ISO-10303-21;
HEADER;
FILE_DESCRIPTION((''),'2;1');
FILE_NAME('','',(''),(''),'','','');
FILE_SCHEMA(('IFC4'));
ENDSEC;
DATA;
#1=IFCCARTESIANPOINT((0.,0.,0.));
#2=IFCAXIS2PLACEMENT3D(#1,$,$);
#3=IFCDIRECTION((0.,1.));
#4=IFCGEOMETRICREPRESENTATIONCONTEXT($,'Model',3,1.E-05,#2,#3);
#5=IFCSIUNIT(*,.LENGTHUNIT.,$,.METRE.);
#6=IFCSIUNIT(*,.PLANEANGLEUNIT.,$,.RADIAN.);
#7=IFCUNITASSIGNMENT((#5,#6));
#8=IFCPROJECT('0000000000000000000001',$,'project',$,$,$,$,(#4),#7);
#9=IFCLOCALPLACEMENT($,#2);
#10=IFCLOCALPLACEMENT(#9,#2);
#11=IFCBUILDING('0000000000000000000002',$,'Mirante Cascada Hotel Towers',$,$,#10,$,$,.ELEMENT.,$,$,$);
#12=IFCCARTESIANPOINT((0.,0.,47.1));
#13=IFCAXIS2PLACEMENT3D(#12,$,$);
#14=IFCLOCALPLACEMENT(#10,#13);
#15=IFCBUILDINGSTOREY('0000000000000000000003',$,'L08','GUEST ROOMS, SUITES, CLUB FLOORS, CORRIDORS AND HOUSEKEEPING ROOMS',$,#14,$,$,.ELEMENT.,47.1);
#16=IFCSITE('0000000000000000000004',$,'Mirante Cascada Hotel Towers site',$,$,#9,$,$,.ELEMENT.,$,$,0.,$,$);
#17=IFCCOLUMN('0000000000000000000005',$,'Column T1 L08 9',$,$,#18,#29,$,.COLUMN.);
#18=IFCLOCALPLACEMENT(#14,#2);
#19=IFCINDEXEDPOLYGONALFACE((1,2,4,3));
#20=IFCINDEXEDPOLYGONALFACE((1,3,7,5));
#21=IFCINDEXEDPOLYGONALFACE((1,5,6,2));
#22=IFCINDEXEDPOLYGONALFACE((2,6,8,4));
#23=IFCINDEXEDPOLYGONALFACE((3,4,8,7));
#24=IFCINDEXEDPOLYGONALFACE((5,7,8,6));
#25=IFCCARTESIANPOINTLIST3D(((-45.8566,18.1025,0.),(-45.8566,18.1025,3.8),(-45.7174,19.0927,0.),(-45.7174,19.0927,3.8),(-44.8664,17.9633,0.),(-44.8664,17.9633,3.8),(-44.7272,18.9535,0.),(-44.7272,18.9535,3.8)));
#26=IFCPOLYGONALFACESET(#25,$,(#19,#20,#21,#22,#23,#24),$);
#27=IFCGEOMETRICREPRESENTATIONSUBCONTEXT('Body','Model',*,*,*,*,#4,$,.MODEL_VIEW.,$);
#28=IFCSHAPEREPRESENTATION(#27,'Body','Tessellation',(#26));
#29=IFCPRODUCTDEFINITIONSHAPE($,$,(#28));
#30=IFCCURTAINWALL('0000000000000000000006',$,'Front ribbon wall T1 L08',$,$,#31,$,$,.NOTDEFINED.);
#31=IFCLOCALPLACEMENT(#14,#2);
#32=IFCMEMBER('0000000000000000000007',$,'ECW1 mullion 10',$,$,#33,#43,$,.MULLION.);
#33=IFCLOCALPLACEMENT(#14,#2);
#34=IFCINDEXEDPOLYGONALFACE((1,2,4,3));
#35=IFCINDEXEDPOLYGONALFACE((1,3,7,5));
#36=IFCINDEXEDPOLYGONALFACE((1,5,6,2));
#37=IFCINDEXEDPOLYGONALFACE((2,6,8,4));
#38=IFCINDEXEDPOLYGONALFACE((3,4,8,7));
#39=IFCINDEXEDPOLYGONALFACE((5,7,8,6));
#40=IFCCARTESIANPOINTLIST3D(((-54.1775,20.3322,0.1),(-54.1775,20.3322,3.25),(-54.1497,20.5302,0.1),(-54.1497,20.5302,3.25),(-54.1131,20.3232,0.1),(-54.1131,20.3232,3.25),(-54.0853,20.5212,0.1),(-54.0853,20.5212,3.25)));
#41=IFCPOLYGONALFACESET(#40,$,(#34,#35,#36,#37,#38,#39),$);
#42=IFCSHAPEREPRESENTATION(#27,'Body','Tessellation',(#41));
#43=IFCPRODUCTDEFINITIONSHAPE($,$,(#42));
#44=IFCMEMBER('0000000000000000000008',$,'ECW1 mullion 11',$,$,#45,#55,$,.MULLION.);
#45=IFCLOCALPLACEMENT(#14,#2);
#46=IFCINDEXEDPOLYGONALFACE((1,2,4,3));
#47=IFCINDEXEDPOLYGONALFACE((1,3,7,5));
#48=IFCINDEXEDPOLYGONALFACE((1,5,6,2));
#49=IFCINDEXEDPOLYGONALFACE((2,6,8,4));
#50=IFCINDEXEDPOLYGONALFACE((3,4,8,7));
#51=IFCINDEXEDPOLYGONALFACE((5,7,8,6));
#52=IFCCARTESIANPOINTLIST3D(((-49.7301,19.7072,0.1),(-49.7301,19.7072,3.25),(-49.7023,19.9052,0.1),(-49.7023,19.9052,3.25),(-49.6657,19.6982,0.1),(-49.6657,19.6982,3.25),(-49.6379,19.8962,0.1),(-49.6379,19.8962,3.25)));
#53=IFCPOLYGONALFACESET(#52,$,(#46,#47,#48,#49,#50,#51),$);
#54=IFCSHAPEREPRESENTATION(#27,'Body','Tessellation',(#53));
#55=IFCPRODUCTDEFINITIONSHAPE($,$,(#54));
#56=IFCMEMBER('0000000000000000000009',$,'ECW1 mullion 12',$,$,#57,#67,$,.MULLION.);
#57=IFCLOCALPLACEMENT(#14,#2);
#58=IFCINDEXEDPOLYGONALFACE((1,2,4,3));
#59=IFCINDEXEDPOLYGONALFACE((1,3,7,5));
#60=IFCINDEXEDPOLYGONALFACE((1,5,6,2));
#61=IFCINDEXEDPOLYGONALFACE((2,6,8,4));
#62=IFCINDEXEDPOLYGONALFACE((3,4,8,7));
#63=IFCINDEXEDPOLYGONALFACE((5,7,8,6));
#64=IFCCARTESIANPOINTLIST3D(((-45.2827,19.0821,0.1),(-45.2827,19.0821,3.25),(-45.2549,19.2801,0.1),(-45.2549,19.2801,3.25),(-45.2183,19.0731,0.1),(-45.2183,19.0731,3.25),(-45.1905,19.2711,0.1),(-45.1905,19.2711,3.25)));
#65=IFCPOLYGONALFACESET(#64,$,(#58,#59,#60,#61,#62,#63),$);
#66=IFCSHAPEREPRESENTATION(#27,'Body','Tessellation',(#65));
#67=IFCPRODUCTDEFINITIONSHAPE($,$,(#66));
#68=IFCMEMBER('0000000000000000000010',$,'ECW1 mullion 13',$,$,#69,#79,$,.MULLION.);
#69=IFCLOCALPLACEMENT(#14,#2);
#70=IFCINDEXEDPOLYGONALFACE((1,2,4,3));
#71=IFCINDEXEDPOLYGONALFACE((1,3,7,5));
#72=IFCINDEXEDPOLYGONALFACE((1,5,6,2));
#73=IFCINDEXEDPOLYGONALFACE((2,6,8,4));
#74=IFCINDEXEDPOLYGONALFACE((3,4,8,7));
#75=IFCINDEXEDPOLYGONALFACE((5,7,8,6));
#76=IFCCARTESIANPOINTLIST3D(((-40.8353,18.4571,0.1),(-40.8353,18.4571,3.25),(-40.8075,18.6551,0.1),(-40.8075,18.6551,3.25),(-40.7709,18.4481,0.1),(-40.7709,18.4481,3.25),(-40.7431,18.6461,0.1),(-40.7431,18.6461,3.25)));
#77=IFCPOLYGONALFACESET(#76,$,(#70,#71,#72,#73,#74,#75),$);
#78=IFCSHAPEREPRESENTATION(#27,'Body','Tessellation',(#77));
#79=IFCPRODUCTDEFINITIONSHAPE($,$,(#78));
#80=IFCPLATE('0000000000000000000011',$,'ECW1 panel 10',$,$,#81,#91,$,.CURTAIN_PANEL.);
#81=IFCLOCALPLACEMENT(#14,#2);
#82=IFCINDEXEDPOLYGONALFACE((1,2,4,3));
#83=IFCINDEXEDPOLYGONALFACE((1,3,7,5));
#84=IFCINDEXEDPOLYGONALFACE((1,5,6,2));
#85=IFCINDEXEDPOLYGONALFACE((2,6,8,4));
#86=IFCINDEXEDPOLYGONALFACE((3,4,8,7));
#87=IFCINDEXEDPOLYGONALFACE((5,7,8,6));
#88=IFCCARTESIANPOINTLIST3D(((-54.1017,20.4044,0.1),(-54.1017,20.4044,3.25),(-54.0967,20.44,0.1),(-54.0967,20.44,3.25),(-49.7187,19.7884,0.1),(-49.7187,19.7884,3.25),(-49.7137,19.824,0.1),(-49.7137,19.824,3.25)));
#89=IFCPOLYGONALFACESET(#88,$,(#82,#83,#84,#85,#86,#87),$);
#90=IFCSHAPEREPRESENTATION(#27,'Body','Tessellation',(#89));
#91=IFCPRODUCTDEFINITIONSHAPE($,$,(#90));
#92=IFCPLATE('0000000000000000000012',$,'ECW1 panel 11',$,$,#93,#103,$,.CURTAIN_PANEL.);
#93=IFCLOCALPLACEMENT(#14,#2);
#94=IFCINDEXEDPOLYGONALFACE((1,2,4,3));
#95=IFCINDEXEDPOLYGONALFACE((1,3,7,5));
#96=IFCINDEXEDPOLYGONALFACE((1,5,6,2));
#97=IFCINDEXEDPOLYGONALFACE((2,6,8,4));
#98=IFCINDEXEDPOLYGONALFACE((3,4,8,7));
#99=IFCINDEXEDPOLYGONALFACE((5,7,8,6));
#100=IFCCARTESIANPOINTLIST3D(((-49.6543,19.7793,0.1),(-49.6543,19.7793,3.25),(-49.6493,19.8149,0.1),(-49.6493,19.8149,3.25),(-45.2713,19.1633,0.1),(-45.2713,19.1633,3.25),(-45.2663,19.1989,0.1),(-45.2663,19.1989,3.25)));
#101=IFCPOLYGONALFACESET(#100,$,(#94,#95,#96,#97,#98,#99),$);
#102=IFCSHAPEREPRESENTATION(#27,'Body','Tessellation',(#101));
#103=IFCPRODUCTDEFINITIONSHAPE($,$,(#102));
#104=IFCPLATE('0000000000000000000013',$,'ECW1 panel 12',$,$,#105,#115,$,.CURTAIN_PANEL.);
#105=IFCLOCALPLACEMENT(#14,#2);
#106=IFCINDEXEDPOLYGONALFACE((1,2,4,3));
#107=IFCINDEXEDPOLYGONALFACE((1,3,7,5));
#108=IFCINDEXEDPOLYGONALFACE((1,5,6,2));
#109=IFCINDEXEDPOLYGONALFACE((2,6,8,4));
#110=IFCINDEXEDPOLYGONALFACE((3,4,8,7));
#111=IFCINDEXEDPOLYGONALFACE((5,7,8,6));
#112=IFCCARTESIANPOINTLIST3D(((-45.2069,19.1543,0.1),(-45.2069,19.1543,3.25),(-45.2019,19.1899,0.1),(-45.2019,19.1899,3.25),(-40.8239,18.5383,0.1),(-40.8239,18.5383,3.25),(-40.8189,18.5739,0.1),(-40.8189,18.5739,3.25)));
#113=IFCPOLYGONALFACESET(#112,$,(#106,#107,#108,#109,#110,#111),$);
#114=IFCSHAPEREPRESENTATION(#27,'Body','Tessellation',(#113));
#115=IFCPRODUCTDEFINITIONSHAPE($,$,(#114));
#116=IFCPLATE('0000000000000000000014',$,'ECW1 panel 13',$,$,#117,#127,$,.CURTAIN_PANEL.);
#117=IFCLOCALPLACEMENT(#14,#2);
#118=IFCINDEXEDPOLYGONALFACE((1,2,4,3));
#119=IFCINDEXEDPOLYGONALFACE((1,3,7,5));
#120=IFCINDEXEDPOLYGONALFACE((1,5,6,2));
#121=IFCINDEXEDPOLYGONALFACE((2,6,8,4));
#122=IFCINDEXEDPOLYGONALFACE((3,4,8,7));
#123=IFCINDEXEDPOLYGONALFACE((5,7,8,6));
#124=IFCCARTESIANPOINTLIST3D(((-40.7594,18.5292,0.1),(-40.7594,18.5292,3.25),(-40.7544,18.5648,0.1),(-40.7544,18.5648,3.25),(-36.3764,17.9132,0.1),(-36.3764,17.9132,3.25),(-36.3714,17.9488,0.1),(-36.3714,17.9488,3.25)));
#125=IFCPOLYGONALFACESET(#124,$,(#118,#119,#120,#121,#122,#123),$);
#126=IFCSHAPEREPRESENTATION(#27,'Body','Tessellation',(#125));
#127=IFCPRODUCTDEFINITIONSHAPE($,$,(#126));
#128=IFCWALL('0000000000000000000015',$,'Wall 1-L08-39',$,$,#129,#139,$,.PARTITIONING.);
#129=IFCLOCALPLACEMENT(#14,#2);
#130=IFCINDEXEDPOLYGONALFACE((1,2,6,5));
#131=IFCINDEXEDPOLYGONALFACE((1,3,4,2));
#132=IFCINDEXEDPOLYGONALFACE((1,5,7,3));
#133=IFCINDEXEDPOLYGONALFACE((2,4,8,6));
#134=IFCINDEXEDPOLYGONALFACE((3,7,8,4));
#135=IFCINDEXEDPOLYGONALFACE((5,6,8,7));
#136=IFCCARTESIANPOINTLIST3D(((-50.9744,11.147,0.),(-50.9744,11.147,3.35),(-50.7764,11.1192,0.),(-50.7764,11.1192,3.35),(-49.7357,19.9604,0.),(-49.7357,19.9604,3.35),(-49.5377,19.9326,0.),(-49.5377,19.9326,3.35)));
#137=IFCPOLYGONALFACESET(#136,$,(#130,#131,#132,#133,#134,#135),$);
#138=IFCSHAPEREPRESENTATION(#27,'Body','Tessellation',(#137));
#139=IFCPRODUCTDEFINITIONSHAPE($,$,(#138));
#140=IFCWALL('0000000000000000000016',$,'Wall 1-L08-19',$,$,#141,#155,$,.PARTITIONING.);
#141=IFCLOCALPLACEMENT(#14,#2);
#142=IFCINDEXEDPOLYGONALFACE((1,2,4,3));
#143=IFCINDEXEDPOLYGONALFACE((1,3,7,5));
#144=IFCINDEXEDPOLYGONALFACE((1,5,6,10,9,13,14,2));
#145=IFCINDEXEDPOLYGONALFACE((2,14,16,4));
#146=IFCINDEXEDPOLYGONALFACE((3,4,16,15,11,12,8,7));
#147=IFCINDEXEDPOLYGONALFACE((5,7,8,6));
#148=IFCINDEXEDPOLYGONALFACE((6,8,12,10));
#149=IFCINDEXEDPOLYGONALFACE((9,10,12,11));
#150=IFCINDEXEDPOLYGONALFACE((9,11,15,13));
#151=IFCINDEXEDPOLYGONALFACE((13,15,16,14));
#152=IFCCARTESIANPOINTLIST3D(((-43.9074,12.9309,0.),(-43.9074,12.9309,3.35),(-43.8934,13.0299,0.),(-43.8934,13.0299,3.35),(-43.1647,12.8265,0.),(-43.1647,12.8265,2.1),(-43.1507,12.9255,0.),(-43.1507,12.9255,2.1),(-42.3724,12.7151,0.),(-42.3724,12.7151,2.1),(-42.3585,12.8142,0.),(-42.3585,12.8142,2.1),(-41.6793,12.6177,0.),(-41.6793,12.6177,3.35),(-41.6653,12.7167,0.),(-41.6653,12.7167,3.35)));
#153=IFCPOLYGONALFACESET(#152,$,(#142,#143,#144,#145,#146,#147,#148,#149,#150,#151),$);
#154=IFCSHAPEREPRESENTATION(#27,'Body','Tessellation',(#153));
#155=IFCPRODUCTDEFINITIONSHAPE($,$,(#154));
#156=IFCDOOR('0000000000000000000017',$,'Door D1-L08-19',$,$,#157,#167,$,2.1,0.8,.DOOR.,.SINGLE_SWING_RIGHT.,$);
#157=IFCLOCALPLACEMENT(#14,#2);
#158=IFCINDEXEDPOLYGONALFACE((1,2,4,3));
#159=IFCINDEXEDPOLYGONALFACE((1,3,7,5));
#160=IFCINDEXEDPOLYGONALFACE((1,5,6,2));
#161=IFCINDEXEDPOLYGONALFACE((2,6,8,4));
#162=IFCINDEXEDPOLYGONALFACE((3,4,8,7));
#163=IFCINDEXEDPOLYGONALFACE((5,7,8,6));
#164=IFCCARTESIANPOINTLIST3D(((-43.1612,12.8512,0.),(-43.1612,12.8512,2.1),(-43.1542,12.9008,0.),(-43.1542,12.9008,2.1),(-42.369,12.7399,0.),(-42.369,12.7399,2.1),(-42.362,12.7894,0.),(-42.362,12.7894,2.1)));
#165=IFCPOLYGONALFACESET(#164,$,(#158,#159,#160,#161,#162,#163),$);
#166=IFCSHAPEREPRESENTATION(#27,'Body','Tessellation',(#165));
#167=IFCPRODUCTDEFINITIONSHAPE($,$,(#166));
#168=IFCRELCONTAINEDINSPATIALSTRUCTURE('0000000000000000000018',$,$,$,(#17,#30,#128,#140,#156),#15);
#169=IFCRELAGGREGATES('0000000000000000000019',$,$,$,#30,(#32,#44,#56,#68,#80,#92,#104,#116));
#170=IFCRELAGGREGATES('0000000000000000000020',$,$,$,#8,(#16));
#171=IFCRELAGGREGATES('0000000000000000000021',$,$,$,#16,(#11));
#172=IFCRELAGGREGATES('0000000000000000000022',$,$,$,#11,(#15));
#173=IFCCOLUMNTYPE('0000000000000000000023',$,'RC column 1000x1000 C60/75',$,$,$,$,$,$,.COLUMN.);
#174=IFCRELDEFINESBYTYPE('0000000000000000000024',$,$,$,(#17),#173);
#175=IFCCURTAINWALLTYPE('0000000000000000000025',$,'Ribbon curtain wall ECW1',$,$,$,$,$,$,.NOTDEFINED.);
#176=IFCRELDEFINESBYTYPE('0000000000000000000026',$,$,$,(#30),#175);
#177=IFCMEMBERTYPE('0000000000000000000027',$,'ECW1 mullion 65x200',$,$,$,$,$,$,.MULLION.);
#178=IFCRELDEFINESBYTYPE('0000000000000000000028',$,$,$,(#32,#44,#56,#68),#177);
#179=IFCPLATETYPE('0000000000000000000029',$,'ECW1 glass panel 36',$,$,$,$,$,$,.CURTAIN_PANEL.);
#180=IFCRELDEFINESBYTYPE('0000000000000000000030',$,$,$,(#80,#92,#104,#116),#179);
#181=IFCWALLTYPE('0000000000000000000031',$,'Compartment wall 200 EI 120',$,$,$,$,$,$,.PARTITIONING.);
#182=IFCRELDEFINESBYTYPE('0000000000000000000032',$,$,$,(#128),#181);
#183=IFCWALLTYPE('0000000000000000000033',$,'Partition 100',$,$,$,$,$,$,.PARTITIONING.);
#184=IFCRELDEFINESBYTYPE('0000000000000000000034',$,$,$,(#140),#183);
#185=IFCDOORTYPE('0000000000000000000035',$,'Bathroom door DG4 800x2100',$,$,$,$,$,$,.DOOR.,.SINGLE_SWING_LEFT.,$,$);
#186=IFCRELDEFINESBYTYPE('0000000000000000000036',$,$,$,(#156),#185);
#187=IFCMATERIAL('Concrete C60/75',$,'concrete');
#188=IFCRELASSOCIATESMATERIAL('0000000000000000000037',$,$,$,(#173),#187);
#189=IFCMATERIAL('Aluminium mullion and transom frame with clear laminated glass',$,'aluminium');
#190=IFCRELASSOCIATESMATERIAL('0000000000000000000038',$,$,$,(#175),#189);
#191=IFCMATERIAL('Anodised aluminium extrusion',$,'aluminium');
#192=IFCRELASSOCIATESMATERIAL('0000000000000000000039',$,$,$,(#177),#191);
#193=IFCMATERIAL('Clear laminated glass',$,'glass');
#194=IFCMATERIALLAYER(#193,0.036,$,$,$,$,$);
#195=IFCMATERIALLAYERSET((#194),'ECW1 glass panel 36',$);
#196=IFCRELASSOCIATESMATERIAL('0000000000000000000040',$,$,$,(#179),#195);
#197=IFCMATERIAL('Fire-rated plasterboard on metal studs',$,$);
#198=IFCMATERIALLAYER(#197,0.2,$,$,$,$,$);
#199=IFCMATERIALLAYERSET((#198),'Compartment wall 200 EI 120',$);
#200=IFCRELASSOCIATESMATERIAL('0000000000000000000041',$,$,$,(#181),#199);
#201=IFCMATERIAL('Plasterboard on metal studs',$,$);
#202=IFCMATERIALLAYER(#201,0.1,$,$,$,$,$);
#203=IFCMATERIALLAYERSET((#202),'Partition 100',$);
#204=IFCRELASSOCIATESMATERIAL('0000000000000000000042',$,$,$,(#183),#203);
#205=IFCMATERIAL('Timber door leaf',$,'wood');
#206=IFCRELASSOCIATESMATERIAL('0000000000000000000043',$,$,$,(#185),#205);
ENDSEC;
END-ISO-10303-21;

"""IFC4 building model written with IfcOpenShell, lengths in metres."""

from ifc_helpers import new_model, si_unit, direction, frame, frame_2d, origin, origin_2d, place, context, subcontext, project, spatial, rectangle, extrude, material, layer, layer_set, material_profile, profile_set, type_object, element, fill, aggregate, save


model = new_model("IFC4")

# Units and contexts
model_context = context("Model", 3, precision=1e-05, world=origin(), true_north=direction((0.0, 1.0)))
body_context = subcontext(model_context, "Body", "Model", "MODEL_VIEW")
ifc_project = project(units=[si_unit("LENGTHUNIT", "METRE"), si_unit("PLANEANGLEUNIT", "RADIAN")], contexts=[model_context])

# Site, building, storey
site_placement = place(None, origin())
site = spatial("IfcSite", under=ifc_project, at=site_placement, Name="Mirante Cascada Hotel Towers site", CompositionType="ELEMENT", RefElevation=0.0)
building_placement = place(site_placement, origin())
building = spatial("IfcBuilding", under=site, at=building_placement, Name="Mirante Cascada Hotel Towers", CompositionType="ELEMENT")
storey_placement = place(building_placement, frame((0.0, 0.0, 47.1)))
storey = spatial("IfcBuildingStorey", under=building, at=storey_placement, Name="L08", Description="GUEST ROOMS, SUITES, CLUB FLOORS, CORRIDORS AND HOUSEKEEPING ROOMS", CompositionType="ELEMENT", Elevation=47.1)

# Column
ifc_material_1 = material(Name="Concrete C60/75", Category="concrete")
ifc_material_profile_1 = material_profile(ifc_material_1, rectangle(XDim=1.0, YDim=1.0, at=origin_2d()), Name="RC column 1000x1000 C60/75")
ifc_profile_set_1 = profile_set([ifc_material_profile_1], Name="Concrete C60/75")
column_type = type_object("IfcColumnType", Name="RC column 1000x1000 C60/75", PredefinedType="COLUMN", material=ifc_profile_set_1)
column_placement = place(storey_placement, frame((-45.2919, 18.528, 0.0), z_axis=(0.0, 0.0, 1.0), x_axis=(-0.990268, 0.139173, 0.0)))
element("IfcColumn", 1, at=column_placement, inside=storey, type_object=column_type, Name="Column T1 L08 9", PredefinedType="COLUMN", context=body_context, shape_type="SweptSolid", body=[
    extrude(rectangle(XDim=1.0, YDim=1.0, at=origin_2d()), origin(), (0.0, 0.0, 1.0), 3.8),
])

# Curtain wall, members, plates
ifc_material_2 = material(Name="Aluminium mullion and transom frame with clear laminated glass", Category="aluminium")
curtain_wall_type = type_object("IfcCurtainWallType", Name="Ribbon curtain wall ECW1", PredefinedType="NOTDEFINED", material=ifc_material_2)
curtain_wall_placement = place(storey_placement, origin())
curtain_wall = element("IfcCurtainWall", 2, at=curtain_wall_placement, inside=storey, type_object=curtain_wall_type, Name="Front ribbon wall T1 L08", PredefinedType="NOTDEFINED")
ifc_material_3 = material(Name="Anodised aluminium extrusion", Category="aluminium")
ifc_material_profile_2 = material_profile(ifc_material_3, rectangle(XDim=0.2, YDim=0.065, at=origin_2d()), Name="ECW1 MULLION 65x200")
ifc_profile_set_2 = profile_set([ifc_material_profile_2], Name="Anodised aluminium extrusion")
member_type = type_object("IfcMemberType", Name="ECW1 mullion 65x200", PredefinedType="MULLION", material=ifc_profile_set_2)
member_1_placement = place(storey_placement, frame((-54.1314, 20.4267, 0.1), z_axis=(0.0, 0.0, 1.0), x_axis=(0.139173, 0.990268, 0.0)))
member_1 = element("IfcMember", 3, at=member_1_placement, type_object=member_type, Name="ECW1 mullion 10", PredefinedType="MULLION", context=body_context, shape_type="SweptSolid", body=[
    extrude(rectangle(XDim=0.2, YDim=0.065, at=origin_2d()), origin(), (0.0, 0.0, 1.0), 3.15),
])
member_2_placement = place(storey_placement, frame((-49.684, 19.8017, 0.1), z_axis=(0.0, 0.0, 1.0), x_axis=(0.139173, 0.990268, 0.0)))
member_2 = element("IfcMember", 4, at=member_2_placement, type_object=member_type, Name="ECW1 mullion 11", PredefinedType="MULLION", context=body_context, shape_type="SweptSolid", body=[
    extrude(rectangle(XDim=0.2, YDim=0.065, at=origin_2d()), origin(), (0.0, 0.0, 1.0), 3.15),
])
member_3_placement = place(storey_placement, frame((-45.2366, 19.1766, 0.1), z_axis=(0.0, 0.0, 1.0), x_axis=(0.139173, 0.990268, 0.0)))
member_3 = element("IfcMember", 5, at=member_3_placement, type_object=member_type, Name="ECW1 mullion 12", PredefinedType="MULLION", context=body_context, shape_type="SweptSolid", body=[
    extrude(rectangle(XDim=0.2, YDim=0.065, at=origin_2d()), origin(), (0.0, 0.0, 1.0), 3.15),
])
member_4_placement = place(storey_placement, frame((-40.7892, 18.5516, 0.1), z_axis=(0.0, 0.0, 1.0), x_axis=(0.139173, 0.990268, 0.0)))
member_4 = element("IfcMember", 6, at=member_4_placement, type_object=member_type, Name="ECW1 mullion 13", PredefinedType="MULLION", context=body_context, shape_type="SweptSolid", body=[
    extrude(rectangle(XDim=0.2, YDim=0.065, at=origin_2d()), origin(), (0.0, 0.0, 1.0), 3.15),
])
ifc_material_4 = material(Name="Clear laminated glass", Category="glass")
ifc_layer_1 = layer(ifc_material_4, 0.036)
ifc_layer_set_1 = layer_set([ifc_layer_1], Name="ECW1 glass panel 36")
plate_type = type_object("IfcPlateType", Name="ECW1 glass panel 36", PredefinedType="CURTAIN_PANEL", material=ifc_layer_set_1)
plate_1_placement = place(storey_placement, frame((-51.9077, 20.1142, 0.1), z_axis=(0.0, 0.0, 1.0), x_axis=(0.990268, -0.139173, 0.0)))
plate_1 = element("IfcPlate", 7, at=plate_1_placement, type_object=plate_type, Name="ECW1 panel 10", PredefinedType="CURTAIN_PANEL", context=body_context, shape_type="SweptSolid", body=[
    extrude(rectangle(XDim=4.4261, YDim=0.036, at=origin_2d()), origin(), (0.0, 0.0, 1.0), 3.15),
])
plate_2_placement = place(storey_placement, frame((-47.4603, 19.4891, 0.1), z_axis=(0.0, 0.0, 1.0), x_axis=(0.990268, -0.139173, 0.0)))
plate_2 = element("IfcPlate", 8, at=plate_2_placement, type_object=plate_type, Name="ECW1 panel 11", PredefinedType="CURTAIN_PANEL", context=body_context, shape_type="SweptSolid", body=[
    extrude(rectangle(XDim=4.4261, YDim=0.036, at=origin_2d()), origin(), (0.0, 0.0, 1.0), 3.15),
])
plate_3_placement = place(storey_placement, frame((-43.0129, 18.8641, 0.1), z_axis=(0.0, 0.0, 1.0), x_axis=(0.990268, -0.139173, 0.0)))
plate_3 = element("IfcPlate", 9, at=plate_3_placement, type_object=plate_type, Name="ECW1 panel 12", PredefinedType="CURTAIN_PANEL", context=body_context, shape_type="SweptSolid", body=[
    extrude(rectangle(XDim=4.4261, YDim=0.036, at=origin_2d()), origin(), (0.0, 0.0, 1.0), 3.15),
])
plate_4_placement = place(storey_placement, frame((-38.5654, 18.239, 0.1), z_axis=(0.0, 0.0, 1.0), x_axis=(0.990268, -0.139173, 0.0)))
plate_4 = element("IfcPlate", 10, at=plate_4_placement, type_object=plate_type, Name="ECW1 panel 13", PredefinedType="CURTAIN_PANEL", context=body_context, shape_type="SweptSolid", body=[
    extrude(rectangle(XDim=4.4261, YDim=0.036, at=origin_2d()), origin(), (0.0, 0.0, 1.0), 3.15),
])
aggregate(curtain_wall, [member_1, member_2, member_3, member_4, plate_1, plate_2, plate_3, plate_4])

# Wall
ifc_material_5 = material(Name="Fire-rated plasterboard on metal studs")
ifc_layer_2 = layer(ifc_material_5, 0.2)
ifc_layer_set_2 = layer_set([ifc_layer_2], Name="Compartment wall 200 EI 120")
wall_type_1 = type_object("IfcWallType", Name="Compartment wall 200 EI 120", PredefinedType="PARTITIONING", material=ifc_layer_set_2)
wall_1_placement = place(storey_placement, frame((-50.8754, 11.1331, 0.0), z_axis=(0.0, 0.0, 1.0), x_axis=(0.139179, 0.990267, 0.0)))
element("IfcWall", 11, at=wall_1_placement, inside=storey, type_object=wall_type_1, Name="Wall 1-L08-39", PredefinedType="PARTITIONING", context=body_context, shape_type="SweptSolid", body=[
    extrude(rectangle(XDim=8.9, YDim=0.2, at=frame_2d((4.45, 0.0))), origin(), (0.0, 0.0, 1.0), 3.35),
])

# Wall, opening, door
ifc_material_6 = material(Name="Plasterboard on metal studs")
ifc_layer_3 = layer(ifc_material_6, 0.1)
ifc_layer_set_3 = layer_set([ifc_layer_3], Name="Partition 100")
wall_type_2 = type_object("IfcWallType", Name="Partition 100", PredefinedType="PARTITIONING", material=ifc_layer_set_3)
wall_2_placement = place(storey_placement, frame((-41.6723, 12.6672, 0.0), z_axis=(0.0, 0.0, 1.0), x_axis=(-0.990264, 0.1392, 0.0)))
wall_2 = element("IfcWall", 12, at=wall_2_placement, inside=storey, type_object=wall_type_2, Name="Wall 1-L08-19", PredefinedType="PARTITIONING", context=body_context, shape_type="SweptSolid", body=[
    extrude(rectangle(XDim=2.25, YDim=0.1, at=frame_2d((1.125, 0.0))), origin(), (0.0, 0.0, 1.0), 3.35),
])
opening_1_placement = place(wall_2_placement, frame((0.7, 0.0, 0.0)))
opening_1 = element("IfcOpeningElement", 13, at=opening_1_placement, cuts=wall_2, PredefinedType="OPENING", context=body_context, shape_type="SweptSolid", body=[
    extrude(rectangle(XDim=0.8, YDim=2.1, at=frame_2d((0.4, 1.05))), frame((0.0, 0.05, 0.0), z_axis=(0.0, -1.0, 0.0), x_axis=(1.0, 0.0, 0.0)), (0.0, 0.0, 1.0), 0.1),
])
ifc_material_7 = material(Name="Timber door leaf", Category="wood")
door_type = type_object("IfcDoorType", Name="Bathroom door DG4 800x2100", OperationType="SINGLE_SWING_LEFT", PredefinedType="DOOR", material=ifc_material_7)
door_1_placement = place(opening_1_placement, frame((0.8, 0.0, 0.0), z_axis=(0.0, 0.0, 1.0), x_axis=(-1.0, 0.0, 0.0)))
door_1 = element("IfcDoor", 14, at=door_1_placement, inside=storey, type_object=door_type, Name="Door D1-L08-19", OperationType="SINGLE_SWING_RIGHT", OverallHeight=2.1, OverallWidth=0.8, PredefinedType="DOOR", context=body_context, shape_type="SweptSolid", body=[
    extrude(rectangle(XDim=0.8, YDim=2.1, at=frame_2d((0.4, 1.05))), frame((0.0, 0.025, 0.0), z_axis=(0.0, -1.0, 0.0), x_axis=(1.0, 0.0, 0.0)), (0.0, 0.0, 1.0), 0.05),
])
fill(opening_1, door_1)

save(model, "model.ifc")
